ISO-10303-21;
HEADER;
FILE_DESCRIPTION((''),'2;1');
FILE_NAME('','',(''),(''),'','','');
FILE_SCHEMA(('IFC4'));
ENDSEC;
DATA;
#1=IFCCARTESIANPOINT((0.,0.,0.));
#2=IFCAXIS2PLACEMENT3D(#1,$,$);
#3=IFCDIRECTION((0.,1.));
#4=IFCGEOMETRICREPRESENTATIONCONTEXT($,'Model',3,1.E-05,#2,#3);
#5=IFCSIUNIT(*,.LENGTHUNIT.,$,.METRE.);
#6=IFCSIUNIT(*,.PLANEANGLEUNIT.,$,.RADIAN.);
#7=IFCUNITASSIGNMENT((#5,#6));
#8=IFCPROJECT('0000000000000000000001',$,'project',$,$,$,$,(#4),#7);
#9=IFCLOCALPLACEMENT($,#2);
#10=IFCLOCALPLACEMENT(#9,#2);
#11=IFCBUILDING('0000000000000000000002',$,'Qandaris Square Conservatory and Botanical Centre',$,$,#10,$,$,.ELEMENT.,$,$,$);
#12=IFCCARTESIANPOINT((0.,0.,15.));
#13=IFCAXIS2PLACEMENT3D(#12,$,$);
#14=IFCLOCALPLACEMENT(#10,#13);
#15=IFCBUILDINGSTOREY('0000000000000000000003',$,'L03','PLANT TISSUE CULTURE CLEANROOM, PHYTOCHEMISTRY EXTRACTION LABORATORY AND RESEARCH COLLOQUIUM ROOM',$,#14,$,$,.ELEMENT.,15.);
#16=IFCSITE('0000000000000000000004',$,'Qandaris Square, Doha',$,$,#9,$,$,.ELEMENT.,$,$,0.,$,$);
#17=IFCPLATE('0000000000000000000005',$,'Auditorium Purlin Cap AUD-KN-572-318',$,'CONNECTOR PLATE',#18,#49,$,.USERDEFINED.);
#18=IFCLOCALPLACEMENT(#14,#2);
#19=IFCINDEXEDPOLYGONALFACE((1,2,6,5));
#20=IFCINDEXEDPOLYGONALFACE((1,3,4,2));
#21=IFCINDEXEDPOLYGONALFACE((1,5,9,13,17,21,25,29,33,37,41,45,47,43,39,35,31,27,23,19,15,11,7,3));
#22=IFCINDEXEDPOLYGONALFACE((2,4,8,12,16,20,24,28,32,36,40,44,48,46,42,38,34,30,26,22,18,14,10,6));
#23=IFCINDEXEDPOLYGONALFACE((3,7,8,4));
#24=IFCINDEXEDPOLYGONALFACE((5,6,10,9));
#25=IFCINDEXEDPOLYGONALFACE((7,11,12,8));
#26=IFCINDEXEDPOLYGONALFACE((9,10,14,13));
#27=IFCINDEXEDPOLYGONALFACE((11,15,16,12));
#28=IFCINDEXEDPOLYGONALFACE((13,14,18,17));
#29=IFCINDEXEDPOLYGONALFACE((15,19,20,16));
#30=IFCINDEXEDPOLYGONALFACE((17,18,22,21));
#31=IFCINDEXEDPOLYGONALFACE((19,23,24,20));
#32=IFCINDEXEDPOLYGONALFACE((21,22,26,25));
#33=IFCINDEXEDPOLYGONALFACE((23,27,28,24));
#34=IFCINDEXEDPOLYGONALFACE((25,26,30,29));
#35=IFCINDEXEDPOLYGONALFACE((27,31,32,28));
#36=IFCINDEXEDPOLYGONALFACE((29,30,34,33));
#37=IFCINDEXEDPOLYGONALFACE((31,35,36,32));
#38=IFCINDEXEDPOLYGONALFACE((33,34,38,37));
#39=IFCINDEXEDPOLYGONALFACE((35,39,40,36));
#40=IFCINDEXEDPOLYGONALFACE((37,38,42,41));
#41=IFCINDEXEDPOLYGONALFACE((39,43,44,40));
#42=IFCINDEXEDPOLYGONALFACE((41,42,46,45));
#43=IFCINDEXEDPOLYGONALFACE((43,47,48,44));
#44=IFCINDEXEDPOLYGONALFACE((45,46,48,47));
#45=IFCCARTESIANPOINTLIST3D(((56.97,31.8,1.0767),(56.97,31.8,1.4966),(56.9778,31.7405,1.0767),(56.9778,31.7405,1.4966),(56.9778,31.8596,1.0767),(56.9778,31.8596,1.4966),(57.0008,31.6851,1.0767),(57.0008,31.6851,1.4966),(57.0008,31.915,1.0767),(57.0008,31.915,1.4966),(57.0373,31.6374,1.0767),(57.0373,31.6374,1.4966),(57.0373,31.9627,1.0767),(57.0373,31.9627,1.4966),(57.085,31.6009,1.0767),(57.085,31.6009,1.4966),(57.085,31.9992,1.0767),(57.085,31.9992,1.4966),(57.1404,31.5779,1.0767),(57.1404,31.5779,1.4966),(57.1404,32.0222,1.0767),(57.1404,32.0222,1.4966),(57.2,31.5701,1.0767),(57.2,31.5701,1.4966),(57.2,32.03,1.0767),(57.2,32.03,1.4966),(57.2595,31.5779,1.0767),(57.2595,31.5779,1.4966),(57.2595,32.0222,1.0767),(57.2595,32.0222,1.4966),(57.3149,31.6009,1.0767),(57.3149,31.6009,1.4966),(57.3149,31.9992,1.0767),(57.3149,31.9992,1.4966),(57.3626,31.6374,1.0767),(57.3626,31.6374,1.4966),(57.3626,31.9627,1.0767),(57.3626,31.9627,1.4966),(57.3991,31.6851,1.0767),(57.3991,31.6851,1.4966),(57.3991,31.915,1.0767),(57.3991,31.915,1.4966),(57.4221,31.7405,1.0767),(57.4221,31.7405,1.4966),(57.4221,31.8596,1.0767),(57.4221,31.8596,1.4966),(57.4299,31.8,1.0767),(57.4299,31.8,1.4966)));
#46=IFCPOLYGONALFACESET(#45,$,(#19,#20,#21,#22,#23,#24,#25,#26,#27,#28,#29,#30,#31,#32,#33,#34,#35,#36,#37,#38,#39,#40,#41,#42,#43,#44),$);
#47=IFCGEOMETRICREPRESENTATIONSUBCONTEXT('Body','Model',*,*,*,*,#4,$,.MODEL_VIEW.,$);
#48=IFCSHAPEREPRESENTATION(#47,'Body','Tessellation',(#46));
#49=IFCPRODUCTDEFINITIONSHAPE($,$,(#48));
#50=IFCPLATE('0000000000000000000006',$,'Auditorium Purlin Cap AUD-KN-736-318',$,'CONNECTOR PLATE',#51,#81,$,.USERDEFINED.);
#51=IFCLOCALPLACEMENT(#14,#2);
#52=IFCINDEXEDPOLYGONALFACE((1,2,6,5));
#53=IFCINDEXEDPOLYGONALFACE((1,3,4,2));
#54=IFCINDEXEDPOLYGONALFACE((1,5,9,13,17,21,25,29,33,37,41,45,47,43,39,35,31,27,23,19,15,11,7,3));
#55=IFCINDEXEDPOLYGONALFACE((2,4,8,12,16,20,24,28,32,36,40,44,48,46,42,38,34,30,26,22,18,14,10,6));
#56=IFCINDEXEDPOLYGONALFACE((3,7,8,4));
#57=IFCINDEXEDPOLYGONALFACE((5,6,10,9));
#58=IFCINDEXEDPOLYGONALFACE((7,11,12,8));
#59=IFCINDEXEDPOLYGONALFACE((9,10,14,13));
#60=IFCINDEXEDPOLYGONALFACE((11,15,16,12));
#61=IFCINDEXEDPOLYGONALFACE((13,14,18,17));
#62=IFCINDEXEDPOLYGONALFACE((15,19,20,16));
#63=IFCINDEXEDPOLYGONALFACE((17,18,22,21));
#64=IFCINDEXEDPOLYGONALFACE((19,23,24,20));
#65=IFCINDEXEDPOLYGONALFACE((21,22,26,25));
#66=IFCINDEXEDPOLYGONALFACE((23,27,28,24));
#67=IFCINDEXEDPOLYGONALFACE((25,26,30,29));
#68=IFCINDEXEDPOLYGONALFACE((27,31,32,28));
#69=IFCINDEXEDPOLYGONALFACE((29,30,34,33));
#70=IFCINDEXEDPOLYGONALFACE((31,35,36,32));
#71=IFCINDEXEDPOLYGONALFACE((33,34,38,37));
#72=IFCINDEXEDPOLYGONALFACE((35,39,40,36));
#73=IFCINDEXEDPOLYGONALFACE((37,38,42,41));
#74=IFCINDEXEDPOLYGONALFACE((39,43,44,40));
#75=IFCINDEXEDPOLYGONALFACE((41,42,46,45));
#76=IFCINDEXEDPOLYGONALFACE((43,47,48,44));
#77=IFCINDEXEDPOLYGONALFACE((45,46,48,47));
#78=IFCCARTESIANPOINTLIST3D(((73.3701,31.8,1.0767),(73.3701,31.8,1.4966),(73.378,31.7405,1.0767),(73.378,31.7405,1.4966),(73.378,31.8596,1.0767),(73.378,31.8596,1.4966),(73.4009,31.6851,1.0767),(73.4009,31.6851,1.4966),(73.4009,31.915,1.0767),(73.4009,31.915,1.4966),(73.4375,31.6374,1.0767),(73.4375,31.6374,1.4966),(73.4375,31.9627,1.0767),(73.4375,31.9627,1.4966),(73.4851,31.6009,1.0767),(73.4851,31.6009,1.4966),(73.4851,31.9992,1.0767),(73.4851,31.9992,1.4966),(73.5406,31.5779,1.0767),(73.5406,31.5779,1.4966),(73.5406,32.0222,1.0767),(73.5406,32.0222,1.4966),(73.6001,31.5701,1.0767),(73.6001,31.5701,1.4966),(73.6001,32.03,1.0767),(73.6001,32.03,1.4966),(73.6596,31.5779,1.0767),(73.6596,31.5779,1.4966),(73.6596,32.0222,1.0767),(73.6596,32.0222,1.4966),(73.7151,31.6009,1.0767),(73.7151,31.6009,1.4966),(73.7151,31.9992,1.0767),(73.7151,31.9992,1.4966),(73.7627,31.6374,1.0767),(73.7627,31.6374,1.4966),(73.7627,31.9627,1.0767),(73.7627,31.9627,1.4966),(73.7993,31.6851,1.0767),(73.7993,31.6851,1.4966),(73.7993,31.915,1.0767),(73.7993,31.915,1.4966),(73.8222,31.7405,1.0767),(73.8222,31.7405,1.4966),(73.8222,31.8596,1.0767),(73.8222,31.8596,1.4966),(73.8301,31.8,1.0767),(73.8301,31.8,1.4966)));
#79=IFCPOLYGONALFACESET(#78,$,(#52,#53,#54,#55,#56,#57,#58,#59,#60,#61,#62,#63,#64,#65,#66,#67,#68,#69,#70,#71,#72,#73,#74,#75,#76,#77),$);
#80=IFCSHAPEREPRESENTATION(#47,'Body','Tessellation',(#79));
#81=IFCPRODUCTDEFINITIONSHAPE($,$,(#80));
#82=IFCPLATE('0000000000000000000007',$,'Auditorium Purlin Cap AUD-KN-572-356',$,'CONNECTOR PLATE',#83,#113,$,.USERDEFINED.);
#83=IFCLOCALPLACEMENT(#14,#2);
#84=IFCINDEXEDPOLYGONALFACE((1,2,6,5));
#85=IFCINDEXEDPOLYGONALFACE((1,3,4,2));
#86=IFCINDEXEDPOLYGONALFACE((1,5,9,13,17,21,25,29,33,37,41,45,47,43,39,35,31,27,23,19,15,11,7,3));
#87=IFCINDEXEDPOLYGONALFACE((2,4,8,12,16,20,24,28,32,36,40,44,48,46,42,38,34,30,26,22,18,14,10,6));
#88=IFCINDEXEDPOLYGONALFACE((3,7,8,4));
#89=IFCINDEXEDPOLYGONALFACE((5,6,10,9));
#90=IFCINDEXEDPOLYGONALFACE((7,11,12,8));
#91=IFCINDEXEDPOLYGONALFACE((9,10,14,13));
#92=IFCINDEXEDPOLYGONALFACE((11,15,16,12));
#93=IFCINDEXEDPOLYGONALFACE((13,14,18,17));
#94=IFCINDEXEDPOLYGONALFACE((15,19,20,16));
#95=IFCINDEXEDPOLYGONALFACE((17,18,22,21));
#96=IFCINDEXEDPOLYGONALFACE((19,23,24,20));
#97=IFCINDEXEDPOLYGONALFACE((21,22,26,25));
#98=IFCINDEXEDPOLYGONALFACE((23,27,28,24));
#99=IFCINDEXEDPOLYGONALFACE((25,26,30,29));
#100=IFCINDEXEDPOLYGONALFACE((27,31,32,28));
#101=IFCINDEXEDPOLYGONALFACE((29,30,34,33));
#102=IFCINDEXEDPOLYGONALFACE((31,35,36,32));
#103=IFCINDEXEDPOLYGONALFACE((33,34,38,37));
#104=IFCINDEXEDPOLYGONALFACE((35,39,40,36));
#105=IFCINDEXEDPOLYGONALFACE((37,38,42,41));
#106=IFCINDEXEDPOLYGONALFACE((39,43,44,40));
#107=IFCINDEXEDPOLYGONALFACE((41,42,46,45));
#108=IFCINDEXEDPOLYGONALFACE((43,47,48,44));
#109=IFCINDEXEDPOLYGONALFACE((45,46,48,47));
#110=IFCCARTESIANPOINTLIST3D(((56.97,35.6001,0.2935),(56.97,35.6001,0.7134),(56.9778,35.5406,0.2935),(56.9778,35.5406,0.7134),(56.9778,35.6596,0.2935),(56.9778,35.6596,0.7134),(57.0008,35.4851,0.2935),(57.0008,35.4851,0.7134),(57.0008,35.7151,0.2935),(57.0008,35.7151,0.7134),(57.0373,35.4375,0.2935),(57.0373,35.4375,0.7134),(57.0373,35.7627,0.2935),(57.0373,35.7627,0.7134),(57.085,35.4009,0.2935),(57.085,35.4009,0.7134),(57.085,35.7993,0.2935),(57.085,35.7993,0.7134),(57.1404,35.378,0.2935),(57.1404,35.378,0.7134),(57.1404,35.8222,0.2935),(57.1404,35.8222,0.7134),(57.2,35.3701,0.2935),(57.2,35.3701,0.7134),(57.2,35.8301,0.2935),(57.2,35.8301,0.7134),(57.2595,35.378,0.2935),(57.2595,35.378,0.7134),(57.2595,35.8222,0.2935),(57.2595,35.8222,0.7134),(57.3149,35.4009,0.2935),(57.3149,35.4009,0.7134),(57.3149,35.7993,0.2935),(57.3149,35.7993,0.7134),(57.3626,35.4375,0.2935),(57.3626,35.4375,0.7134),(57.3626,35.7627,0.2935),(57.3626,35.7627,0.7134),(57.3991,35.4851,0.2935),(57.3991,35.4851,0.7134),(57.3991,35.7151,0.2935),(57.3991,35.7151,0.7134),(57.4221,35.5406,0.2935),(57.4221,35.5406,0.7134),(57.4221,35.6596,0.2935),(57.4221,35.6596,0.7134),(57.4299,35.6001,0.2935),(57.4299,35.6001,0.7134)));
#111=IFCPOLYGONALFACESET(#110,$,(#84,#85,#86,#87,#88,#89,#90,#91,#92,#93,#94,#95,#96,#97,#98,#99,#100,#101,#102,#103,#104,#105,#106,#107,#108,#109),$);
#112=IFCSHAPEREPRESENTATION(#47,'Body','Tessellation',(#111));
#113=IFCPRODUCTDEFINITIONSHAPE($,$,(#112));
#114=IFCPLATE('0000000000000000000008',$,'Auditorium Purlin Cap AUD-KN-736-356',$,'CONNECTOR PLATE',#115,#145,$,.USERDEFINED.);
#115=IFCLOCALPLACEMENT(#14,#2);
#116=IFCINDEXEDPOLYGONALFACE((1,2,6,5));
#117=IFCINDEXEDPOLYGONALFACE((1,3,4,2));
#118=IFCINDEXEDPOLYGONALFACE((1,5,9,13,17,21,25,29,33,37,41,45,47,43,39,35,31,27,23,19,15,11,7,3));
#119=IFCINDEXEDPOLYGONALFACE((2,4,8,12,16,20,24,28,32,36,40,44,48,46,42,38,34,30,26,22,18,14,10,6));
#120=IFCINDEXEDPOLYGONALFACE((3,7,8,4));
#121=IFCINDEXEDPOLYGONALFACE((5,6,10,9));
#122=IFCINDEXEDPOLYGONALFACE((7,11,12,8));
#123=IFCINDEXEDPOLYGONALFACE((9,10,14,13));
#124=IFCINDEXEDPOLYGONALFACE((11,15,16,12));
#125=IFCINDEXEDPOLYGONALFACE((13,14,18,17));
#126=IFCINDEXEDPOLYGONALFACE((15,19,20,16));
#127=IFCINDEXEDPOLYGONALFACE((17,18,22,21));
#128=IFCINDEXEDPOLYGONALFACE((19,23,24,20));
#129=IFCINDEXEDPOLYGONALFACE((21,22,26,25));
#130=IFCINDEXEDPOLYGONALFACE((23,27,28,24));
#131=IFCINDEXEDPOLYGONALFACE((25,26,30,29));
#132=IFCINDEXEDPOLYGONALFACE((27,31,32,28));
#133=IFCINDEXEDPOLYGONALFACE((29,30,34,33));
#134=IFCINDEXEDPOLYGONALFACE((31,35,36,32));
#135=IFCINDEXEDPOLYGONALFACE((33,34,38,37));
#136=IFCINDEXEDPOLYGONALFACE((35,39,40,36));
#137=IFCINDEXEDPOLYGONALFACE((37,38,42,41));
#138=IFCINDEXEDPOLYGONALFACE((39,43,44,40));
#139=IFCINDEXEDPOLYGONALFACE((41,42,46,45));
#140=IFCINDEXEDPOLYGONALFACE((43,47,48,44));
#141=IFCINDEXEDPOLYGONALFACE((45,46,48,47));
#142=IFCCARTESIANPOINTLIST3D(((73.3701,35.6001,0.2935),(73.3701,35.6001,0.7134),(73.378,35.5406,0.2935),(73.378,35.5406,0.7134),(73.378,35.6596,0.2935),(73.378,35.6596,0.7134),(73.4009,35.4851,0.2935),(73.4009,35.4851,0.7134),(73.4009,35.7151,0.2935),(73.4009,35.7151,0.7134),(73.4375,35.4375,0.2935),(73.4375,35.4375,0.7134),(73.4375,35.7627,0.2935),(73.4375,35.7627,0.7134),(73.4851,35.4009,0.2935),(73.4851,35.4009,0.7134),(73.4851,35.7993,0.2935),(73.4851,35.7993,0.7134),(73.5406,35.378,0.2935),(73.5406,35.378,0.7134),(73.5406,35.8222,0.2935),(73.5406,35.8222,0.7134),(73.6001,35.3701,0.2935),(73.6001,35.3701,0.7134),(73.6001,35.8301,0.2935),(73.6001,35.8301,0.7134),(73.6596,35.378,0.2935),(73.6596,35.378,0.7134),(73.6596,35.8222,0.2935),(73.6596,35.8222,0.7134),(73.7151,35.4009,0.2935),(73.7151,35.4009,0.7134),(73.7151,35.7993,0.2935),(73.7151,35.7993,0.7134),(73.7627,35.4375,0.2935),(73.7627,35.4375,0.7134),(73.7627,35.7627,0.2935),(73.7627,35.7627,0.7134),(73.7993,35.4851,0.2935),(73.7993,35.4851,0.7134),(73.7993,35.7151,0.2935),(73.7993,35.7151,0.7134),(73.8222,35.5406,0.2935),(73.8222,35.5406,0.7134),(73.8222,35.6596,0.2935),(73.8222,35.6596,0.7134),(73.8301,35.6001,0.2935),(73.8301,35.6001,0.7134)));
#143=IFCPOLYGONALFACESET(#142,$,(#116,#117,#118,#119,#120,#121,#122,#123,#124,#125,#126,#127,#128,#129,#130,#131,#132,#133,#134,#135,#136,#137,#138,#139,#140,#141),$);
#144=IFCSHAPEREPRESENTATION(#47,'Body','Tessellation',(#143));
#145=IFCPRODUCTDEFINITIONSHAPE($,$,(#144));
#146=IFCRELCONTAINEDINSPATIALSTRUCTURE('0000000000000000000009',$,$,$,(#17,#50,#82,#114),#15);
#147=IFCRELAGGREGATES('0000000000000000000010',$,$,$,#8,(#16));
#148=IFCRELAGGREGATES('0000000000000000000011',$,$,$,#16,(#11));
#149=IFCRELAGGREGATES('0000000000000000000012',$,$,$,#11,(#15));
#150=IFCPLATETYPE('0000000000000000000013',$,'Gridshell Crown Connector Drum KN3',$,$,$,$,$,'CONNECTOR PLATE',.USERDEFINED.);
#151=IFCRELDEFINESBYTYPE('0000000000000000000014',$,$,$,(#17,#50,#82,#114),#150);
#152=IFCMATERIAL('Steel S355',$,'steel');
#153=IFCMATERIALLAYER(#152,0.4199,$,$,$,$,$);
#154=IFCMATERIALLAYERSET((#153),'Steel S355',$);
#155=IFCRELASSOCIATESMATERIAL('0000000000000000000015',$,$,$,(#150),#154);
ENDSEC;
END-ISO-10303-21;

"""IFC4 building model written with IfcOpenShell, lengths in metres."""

from ifc_helpers import new_model, si_unit, direction, frame, origin, origin_2d, place, context, subcontext, project, spatial, circle, extrude, material, layer, layer_set, type_object, element, save


model = new_model("IFC4")

# Units and contexts
model_context = context("Model", 3, precision=1e-05, world=origin(), true_north=direction((0.0, 1.0)))
body_context = subcontext(model_context, "Body", "Model", "MODEL_VIEW")
ifc_project = project(units=[si_unit("LENGTHUNIT", "METRE"), si_unit("PLANEANGLEUNIT", "RADIAN")], contexts=[model_context])

# Site, building, storey
site_placement = place(None, origin())
site = spatial("IfcSite", under=ifc_project, at=site_placement, Name="Qandaris Square, Doha", CompositionType="ELEMENT", RefElevation=0.0)
building_placement = place(site_placement, origin())
building = spatial("IfcBuilding", under=site, at=building_placement, Name="Qandaris Square Conservatory and Botanical Centre", CompositionType="ELEMENT")
storey_placement = place(building_placement, frame((0.0, 0.0, 15.0)))
storey = spatial("IfcBuildingStorey", under=building, at=storey_placement, Name="L03", Description="PLANT TISSUE CULTURE CLEANROOM, PHYTOCHEMISTRY EXTRACTION LABORATORY AND RESEARCH COLLOQUIUM ROOM", CompositionType="ELEMENT", Elevation=15.0)

# Shared definitions
ifc_material_1 = material(Name="Steel S355", Category="steel")

# Plates
ifc_layer = layer(ifc_material_1, 0.4199)
ifc_layer_set = layer_set([ifc_layer], Name="Steel S355")
plate_type = type_object("IfcPlateType", Name="Gridshell Crown Connector Drum KN3", ElementType="CONNECTOR PLATE", PredefinedType="USERDEFINED", material=ifc_layer_set)
for number, where, z_axis, x_axis, name in (
    (1, (57.2, 31.8, 1.0767), (0.0, 0.0, 1.0), (1.0, 0.0, 0.0), "Auditorium Purlin Cap AUD-KN-572-318"),
    (2, (73.6001, 31.8, 1.0767), (0.0, 0.0, 1.0), (1.0, 0.0, 0.0), "Auditorium Purlin Cap AUD-KN-736-318"),
    (3, (57.2, 35.6001, 0.2935), (0.0, 0.0, 1.0), (1.0, 0.0, 0.0), "Auditorium Purlin Cap AUD-KN-572-356"),
    (4, (73.6001, 35.6001, 0.2935), (0.0, 0.0, 1.0), (1.0, 0.0, 0.0), "Auditorium Purlin Cap AUD-KN-736-356"),
):
    element("IfcPlate", number, at=place(storey_placement, frame(where, z_axis=z_axis, x_axis=x_axis)), inside=storey, type_object=plate_type, Name=name, ObjectType="CONNECTOR PLATE", PredefinedType="USERDEFINED", context=body_context, shape_type="SweptSolid", body=[
        extrude(circle(Radius=0.23, at=origin_2d()), origin(), (0.0, 0.0, 1.0), 0.4199),
    ])

save(model, "model.ifc")
